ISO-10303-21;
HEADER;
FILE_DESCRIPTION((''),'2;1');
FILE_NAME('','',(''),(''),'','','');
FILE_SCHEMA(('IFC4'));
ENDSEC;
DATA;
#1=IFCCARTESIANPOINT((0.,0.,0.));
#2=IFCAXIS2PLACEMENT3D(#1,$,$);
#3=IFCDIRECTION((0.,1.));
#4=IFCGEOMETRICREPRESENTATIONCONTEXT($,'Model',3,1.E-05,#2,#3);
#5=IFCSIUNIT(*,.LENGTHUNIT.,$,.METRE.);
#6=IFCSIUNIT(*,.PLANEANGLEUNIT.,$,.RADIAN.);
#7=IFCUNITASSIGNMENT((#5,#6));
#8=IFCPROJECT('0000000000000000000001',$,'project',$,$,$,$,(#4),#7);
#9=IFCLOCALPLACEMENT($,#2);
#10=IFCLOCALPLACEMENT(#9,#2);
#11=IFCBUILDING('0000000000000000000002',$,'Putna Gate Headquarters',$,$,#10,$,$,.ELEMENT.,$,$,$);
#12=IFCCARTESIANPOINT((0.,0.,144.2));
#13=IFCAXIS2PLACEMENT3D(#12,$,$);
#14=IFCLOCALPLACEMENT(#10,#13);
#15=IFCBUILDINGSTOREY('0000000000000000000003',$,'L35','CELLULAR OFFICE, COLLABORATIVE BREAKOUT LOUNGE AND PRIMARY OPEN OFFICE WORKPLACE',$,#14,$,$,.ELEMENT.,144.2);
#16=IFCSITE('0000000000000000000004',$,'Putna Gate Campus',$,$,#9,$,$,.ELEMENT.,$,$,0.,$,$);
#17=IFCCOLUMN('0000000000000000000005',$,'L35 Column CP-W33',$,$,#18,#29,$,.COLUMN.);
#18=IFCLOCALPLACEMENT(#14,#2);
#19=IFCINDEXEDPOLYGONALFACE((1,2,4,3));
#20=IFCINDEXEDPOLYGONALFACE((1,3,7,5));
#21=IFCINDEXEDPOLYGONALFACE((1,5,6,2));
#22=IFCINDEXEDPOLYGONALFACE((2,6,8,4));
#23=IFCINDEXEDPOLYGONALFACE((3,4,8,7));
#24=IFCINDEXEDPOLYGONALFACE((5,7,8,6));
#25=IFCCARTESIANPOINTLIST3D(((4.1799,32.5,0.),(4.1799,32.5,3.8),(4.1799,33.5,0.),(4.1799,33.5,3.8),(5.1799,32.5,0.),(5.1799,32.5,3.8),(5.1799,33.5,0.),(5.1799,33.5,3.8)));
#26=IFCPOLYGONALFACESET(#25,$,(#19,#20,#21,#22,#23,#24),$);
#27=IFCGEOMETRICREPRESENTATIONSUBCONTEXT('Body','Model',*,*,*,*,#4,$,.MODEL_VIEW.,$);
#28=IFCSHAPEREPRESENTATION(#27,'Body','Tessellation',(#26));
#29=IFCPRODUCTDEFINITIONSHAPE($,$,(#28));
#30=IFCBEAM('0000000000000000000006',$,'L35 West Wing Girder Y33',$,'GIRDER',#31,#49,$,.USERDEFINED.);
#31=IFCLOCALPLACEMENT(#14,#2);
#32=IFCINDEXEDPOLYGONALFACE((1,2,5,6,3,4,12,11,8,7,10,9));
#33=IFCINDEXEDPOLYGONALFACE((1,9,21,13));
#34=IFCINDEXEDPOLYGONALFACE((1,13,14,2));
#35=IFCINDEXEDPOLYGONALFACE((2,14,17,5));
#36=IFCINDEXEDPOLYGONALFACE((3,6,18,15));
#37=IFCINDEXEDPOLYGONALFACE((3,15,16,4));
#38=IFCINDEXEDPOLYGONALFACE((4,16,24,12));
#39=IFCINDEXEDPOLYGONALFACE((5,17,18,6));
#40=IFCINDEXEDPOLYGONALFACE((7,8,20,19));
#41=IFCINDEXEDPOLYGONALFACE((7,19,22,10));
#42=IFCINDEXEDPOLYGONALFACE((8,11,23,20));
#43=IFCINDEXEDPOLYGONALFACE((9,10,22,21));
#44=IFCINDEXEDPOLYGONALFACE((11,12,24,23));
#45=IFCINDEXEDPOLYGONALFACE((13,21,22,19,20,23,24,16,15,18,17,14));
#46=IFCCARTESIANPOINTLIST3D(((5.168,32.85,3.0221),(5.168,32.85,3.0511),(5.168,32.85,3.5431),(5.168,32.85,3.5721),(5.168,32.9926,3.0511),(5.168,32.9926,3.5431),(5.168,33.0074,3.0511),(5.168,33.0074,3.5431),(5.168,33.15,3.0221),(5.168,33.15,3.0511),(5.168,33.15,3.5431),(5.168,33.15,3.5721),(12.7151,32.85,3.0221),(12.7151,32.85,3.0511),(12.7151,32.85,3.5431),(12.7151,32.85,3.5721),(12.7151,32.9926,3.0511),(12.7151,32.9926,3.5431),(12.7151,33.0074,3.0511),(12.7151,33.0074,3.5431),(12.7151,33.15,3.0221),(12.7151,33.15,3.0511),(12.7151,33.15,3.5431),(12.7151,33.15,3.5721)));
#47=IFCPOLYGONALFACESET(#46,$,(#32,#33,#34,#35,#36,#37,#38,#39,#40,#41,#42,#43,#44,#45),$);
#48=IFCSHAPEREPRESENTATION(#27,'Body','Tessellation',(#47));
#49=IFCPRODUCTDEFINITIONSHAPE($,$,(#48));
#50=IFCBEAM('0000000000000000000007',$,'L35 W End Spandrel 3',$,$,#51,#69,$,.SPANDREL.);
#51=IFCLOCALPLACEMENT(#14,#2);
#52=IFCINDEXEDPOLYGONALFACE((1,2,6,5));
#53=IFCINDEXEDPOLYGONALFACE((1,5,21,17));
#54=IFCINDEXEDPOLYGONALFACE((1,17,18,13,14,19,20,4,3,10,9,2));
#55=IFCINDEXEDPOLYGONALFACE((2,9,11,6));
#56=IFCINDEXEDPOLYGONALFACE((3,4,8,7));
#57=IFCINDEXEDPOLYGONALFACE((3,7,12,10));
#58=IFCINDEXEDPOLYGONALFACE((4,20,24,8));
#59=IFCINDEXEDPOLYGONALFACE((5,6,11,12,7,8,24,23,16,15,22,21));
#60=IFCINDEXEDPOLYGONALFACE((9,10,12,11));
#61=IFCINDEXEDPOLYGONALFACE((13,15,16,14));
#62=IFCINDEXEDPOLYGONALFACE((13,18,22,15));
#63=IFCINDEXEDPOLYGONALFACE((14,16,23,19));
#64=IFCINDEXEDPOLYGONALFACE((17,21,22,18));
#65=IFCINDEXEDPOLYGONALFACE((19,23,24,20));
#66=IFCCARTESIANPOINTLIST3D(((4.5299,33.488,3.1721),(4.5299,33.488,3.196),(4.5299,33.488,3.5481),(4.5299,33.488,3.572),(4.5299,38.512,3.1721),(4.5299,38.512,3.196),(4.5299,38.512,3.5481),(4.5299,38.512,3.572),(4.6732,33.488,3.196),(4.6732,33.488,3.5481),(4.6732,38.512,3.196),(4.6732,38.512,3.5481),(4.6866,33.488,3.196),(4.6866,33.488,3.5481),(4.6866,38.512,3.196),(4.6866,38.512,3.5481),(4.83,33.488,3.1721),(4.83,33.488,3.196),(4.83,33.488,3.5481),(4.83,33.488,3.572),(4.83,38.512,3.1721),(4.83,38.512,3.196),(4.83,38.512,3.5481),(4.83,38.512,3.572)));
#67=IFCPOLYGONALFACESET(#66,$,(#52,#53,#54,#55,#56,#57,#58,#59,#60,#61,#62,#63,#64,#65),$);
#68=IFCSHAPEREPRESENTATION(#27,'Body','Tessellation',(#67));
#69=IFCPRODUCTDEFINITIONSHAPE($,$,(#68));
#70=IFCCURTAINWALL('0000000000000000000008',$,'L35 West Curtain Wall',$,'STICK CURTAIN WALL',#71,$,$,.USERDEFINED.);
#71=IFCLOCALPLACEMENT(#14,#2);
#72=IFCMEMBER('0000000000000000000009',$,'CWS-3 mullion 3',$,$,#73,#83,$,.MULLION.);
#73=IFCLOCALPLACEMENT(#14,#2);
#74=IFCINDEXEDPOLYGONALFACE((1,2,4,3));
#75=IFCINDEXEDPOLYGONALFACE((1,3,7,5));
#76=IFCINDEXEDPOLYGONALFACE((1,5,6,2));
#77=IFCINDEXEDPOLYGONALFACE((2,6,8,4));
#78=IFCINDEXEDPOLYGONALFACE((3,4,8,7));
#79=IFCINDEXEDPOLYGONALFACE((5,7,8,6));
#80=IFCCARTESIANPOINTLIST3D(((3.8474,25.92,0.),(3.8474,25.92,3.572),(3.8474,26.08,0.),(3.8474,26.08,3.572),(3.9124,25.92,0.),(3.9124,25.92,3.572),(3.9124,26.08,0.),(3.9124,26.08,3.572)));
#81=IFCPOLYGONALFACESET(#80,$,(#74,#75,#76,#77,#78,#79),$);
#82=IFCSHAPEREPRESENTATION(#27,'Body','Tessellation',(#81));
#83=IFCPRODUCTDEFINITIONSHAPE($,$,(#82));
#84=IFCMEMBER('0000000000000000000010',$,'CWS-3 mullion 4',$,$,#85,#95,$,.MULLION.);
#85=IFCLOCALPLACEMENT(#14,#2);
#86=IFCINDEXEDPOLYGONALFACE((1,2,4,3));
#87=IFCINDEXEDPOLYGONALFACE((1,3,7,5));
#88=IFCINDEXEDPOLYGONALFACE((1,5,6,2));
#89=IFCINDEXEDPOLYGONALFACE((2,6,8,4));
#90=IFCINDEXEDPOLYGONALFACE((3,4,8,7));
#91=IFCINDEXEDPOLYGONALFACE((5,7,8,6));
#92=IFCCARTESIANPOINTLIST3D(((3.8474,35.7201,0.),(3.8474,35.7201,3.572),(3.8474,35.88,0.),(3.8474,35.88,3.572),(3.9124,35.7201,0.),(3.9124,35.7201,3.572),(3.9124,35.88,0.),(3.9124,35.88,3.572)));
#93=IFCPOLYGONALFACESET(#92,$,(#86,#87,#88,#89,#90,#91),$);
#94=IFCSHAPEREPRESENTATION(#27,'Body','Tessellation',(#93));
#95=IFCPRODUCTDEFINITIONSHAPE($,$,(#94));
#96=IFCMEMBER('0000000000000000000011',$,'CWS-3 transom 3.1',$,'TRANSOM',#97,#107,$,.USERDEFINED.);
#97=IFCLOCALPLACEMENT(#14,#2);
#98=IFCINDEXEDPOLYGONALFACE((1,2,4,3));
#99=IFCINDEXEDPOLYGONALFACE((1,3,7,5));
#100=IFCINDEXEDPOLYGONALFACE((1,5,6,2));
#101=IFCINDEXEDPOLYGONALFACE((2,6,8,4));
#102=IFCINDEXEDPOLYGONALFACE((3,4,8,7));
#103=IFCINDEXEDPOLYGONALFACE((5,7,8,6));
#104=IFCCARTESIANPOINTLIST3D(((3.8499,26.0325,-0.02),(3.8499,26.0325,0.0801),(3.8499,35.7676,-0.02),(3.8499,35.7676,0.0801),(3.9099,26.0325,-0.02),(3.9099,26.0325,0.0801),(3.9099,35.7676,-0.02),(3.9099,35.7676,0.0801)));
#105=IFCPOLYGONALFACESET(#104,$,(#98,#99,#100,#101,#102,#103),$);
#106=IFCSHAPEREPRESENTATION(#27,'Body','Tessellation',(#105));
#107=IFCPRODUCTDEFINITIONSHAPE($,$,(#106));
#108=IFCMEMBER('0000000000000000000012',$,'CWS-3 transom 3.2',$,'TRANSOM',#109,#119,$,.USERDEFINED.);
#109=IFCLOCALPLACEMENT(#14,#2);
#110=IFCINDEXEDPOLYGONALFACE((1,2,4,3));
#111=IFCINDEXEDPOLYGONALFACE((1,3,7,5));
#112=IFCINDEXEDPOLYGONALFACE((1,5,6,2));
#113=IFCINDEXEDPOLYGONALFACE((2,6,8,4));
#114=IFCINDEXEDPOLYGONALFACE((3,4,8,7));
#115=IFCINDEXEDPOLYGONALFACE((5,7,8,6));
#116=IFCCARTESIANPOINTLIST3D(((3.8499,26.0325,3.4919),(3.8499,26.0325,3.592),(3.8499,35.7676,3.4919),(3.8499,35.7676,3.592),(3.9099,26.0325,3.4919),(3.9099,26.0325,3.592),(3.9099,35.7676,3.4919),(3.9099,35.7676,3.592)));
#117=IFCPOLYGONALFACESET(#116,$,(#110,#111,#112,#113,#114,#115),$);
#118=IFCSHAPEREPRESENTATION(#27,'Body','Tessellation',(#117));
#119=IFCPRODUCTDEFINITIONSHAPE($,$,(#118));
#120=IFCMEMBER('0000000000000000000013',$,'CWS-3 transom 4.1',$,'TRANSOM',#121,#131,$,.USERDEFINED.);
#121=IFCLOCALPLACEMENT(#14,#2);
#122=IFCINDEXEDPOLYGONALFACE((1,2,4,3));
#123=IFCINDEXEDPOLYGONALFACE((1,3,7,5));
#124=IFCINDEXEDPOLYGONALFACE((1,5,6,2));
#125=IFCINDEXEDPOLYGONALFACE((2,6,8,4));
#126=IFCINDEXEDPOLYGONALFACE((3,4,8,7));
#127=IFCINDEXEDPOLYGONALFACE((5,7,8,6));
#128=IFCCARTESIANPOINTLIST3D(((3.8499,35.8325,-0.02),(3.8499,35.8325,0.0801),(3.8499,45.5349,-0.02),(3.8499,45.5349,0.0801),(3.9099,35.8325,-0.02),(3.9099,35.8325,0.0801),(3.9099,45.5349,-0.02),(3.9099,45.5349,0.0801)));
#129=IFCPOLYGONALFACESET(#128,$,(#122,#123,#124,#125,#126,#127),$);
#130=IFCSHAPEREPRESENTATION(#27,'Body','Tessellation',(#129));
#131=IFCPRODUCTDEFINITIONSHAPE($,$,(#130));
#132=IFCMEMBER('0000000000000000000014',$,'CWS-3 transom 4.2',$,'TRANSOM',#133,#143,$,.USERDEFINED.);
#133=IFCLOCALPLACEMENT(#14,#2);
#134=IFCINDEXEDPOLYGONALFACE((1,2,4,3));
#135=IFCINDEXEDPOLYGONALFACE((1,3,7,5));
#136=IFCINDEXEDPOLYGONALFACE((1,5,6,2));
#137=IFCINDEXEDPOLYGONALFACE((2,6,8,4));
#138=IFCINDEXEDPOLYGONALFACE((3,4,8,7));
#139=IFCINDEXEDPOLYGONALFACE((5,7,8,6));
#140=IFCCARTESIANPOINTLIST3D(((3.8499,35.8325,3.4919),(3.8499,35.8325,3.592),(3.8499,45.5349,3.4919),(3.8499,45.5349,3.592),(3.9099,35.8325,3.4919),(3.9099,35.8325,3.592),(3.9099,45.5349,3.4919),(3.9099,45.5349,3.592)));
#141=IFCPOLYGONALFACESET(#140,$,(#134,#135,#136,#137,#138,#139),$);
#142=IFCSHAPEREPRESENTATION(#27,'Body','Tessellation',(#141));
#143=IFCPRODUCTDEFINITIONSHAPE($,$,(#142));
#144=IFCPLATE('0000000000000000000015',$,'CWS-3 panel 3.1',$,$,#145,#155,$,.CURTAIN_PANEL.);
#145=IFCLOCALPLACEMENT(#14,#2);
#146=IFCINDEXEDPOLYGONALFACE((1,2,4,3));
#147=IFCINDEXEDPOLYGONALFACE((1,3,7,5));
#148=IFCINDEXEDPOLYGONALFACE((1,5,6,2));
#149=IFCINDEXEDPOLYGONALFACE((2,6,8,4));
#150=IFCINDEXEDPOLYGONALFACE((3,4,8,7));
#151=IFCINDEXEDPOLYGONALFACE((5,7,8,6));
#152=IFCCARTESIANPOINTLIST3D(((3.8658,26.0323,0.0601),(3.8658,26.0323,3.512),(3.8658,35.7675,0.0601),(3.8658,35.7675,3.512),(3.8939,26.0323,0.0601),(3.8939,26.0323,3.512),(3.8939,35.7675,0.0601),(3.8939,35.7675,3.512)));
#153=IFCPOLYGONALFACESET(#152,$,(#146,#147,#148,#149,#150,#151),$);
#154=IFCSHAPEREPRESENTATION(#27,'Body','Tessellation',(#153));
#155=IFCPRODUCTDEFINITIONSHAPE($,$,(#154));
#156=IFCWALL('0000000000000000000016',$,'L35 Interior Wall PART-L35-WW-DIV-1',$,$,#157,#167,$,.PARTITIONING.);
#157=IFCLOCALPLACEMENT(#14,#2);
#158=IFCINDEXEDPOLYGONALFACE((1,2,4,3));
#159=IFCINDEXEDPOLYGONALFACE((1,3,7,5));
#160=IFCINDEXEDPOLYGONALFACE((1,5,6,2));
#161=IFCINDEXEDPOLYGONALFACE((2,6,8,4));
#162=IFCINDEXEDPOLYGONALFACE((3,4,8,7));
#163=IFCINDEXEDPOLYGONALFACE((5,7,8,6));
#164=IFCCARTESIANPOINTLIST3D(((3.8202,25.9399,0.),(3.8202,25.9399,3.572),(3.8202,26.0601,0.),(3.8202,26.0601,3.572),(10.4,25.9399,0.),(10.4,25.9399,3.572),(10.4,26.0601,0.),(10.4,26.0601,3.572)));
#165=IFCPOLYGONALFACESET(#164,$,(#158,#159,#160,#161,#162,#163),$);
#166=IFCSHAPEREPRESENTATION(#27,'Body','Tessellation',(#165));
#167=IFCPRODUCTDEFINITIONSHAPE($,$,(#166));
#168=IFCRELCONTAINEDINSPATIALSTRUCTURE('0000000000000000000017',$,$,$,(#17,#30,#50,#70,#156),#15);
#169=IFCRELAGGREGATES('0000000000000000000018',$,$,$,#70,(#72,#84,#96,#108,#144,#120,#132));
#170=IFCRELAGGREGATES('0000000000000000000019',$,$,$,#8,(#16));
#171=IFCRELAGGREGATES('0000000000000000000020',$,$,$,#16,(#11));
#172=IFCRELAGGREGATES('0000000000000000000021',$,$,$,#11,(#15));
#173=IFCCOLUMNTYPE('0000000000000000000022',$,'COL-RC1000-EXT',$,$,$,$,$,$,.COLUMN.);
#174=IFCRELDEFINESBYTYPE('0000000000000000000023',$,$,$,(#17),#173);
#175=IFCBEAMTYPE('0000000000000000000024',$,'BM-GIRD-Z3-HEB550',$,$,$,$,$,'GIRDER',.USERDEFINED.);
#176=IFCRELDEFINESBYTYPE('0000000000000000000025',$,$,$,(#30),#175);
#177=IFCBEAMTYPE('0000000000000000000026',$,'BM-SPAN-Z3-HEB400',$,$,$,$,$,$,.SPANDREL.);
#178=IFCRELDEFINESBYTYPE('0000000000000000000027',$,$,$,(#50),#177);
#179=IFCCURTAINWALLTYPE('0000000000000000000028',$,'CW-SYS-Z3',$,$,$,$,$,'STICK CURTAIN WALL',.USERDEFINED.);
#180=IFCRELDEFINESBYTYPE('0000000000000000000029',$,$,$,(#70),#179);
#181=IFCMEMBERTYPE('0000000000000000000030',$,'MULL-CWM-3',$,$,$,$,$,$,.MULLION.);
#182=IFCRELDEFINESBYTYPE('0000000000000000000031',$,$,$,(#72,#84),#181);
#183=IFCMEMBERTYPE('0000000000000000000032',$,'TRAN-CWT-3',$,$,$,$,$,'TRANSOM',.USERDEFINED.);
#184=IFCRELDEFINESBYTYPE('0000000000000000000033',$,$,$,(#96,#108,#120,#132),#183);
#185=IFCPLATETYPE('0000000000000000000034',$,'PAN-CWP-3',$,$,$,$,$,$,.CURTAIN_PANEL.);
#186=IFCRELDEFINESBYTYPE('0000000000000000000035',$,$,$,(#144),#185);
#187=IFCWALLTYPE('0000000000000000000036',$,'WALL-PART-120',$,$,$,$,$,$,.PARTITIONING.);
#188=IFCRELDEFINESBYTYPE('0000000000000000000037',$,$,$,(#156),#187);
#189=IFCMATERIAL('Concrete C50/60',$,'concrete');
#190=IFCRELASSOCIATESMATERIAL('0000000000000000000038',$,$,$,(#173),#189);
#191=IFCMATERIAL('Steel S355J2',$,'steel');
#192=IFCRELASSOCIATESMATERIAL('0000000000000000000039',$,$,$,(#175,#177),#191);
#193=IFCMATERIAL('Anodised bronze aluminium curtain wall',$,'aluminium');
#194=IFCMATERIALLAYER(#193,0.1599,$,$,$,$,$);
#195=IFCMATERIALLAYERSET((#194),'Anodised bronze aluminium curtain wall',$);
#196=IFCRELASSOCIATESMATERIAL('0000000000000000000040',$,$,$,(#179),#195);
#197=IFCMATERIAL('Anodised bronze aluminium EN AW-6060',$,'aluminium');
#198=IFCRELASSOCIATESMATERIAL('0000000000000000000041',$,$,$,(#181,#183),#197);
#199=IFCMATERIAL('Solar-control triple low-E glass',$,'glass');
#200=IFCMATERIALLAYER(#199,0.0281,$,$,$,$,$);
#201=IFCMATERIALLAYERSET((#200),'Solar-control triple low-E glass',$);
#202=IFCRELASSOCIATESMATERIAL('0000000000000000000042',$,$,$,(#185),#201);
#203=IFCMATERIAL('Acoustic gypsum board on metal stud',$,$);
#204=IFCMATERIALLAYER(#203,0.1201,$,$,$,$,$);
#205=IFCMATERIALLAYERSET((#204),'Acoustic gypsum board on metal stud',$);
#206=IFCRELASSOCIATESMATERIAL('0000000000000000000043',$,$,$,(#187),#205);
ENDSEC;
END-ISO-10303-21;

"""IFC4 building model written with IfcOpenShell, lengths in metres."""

from ifc_helpers import new_model, si_unit, direction, frame, frame_2d, origin, origin_2d, place, context, subcontext, project, spatial, rectangle, i_section, extrude, material, layer, layer_set, material_profile, profile_set, type_object, element, aggregate, save


model = new_model("IFC4")

# Units and contexts
model_context = context("Model", 3, precision=1e-05, world=origin(), true_north=direction((0.0, 1.0)))
body_context = subcontext(model_context, "Body", "Model", "MODEL_VIEW")
ifc_project = project(units=[si_unit("LENGTHUNIT", "METRE"), si_unit("PLANEANGLEUNIT", "RADIAN")], contexts=[model_context])

# Site, building, storey
site_placement = place(None, origin())
site = spatial("IfcSite", under=ifc_project, at=site_placement, Name="Putna Gate Campus", CompositionType="ELEMENT", RefElevation=0.0)
building_placement = place(site_placement, origin())
building = spatial("IfcBuilding", under=site, at=building_placement, Name="Putna Gate Headquarters", CompositionType="ELEMENT")
storey_placement = place(building_placement, frame((0.0, 0.0, 144.2)))
storey = spatial("IfcBuildingStorey", under=building, at=storey_placement, Name="L35", Description="CELLULAR OFFICE, COLLABORATIVE BREAKOUT LOUNGE AND PRIMARY OPEN OFFICE WORKPLACE", CompositionType="ELEMENT", Elevation=144.2)

# Column
ifc_material_1 = material(Name="Concrete C50/60", Category="concrete")
ifc_material_profile_1 = material_profile(ifc_material_1, rectangle(XDim=1.0, YDim=1.0, at=origin_2d()), Name="Concrete C50/60")
ifc_profile_set_1 = profile_set([ifc_material_profile_1], Name="Concrete C50/60")
column_type = type_object("IfcColumnType", Name="COL-RC1000-EXT", PredefinedType="COLUMN", material=ifc_profile_set_1)
column_placement = place(storey_placement, frame((4.6799, 33.0, 0.0), z_axis=(0.0, 0.0, 1.0), x_axis=(1.0, 0.0, 0.0)))
element("IfcColumn", 1, at=column_placement, inside=storey, type_object=column_type, Name="L35 Column CP-W33", PredefinedType="COLUMN", context=body_context, shape_type="SweptSolid", body=[
    extrude(rectangle(XDim=1.0, YDim=1.0, at=origin_2d()), origin(), (0.0, 0.0, 1.0), 3.8),
])

# Beams
ifc_material_2 = material(Name="Steel S355J2", Category="steel")
ifc_material_profile_2 = material_profile(ifc_material_2, i_section(OverallWidth=0.3, OverallDepth=0.55, WebThickness=0.0149, FlangeThickness=0.0291, at=origin_2d()), Name="Steel S355J2")
ifc_profile_set_2 = profile_set([ifc_material_profile_2], Name="Steel S355J2")
beam_type_1 = type_object("IfcBeamType", Name="BM-GIRD-Z3-HEB550", ElementType="GIRDER", PredefinedType="USERDEFINED", material=ifc_profile_set_2)
beam_1_placement = place(storey_placement, frame((5.168, 33.0, 3.2971), z_axis=(1.0, 0.0, 0.0), x_axis=(0.0, 1.0, 0.0)))
element("IfcBeam", 2, at=beam_1_placement, inside=storey, type_object=beam_type_1, Name="L35 West Wing Girder Y33", ObjectType="GIRDER", PredefinedType="USERDEFINED", context=body_context, shape_type="SweptSolid", body=[
    extrude(i_section(OverallWidth=0.3, OverallDepth=0.55, WebThickness=0.0149, FlangeThickness=0.0291, at=origin_2d()), origin(), (0.0, 0.0, 1.0), 7.5471),
])
ifc_material_profile_3 = material_profile(ifc_material_2, i_section(OverallWidth=0.3, OverallDepth=0.3999, WebThickness=0.0134, FlangeThickness=0.0239, at=origin_2d()), Name="Steel S355J2")
ifc_profile_set_3 = profile_set([ifc_material_profile_3], Name="Steel S355J2")
beam_type_2 = type_object("IfcBeamType", Name="BM-SPAN-Z3-HEB400", PredefinedType="SPANDREL", material=ifc_profile_set_3)
beam_2_placement = place(storey_placement, frame((4.6799, 33.488, 3.3721), z_axis=(0.0, 1.0, 0.0), x_axis=(-1.0, 0.0, 0.0)))
element("IfcBeam", 3, at=beam_2_placement, inside=storey, type_object=beam_type_2, Name="L35 W End Spandrel 3", PredefinedType="SPANDREL", context=body_context, shape_type="SweptSolid", body=[
    extrude(i_section(OverallWidth=0.3, OverallDepth=0.3999, WebThickness=0.0134, FlangeThickness=0.0239, at=origin_2d()), origin(), (0.0, 0.0, 1.0), 5.0239),
])

# Curtain wall, members, plate
ifc_material_3 = material(Name="Anodised bronze aluminium curtain wall", Category="aluminium")
ifc_layer_1 = layer(ifc_material_3, 0.1599)
ifc_layer_set_1 = layer_set([ifc_layer_1], Name="Anodised bronze aluminium curtain wall")
curtain_wall_type = type_object("IfcCurtainWallType", Name="CW-SYS-Z3", ElementType="STICK CURTAIN WALL", PredefinedType="USERDEFINED", material=ifc_layer_set_1)
curtain_wall_placement = place(storey_placement, origin())
curtain_wall = element("IfcCurtainWall", 4, at=curtain_wall_placement, inside=storey, type_object=curtain_wall_type, Name="L35 West Curtain Wall", ObjectType="STICK CURTAIN WALL", PredefinedType="USERDEFINED")
ifc_material_4 = material(Name="Anodised bronze aluminium EN AW-6060", Category="aluminium")
ifc_material_profile_4 = material_profile(ifc_material_4, rectangle(XDim=0.0649, YDim=0.1599, at=origin_2d()), Name="Anodised bronze aluminium EN AW-6060")
ifc_profile_set_4 = profile_set([ifc_material_profile_4], Name="Anodised bronze aluminium EN AW-6060")
member_type_1 = type_object("IfcMemberType", Name="MULL-CWM-3", PredefinedType="MULLION", material=ifc_profile_set_4)
member_1_placement = place(storey_placement, frame((3.8799, 26.0, 0.0), z_axis=(0.0, 0.0, 1.0), x_axis=(-1.0, 0.0, 0.0)))
member_1 = element("IfcMember", 5, at=member_1_placement, type_object=member_type_1, Name="CWS-3 mullion 3", PredefinedType="MULLION", context=body_context, shape_type="SweptSolid", body=[
    extrude(rectangle(XDim=0.0649, YDim=0.1599, at=origin_2d()), origin(), (0.0, 0.0, 1.0), 3.572),
])
member_2_placement = place(storey_placement, frame((3.8799, 35.8, 0.0), z_axis=(0.0, 0.0, 1.0), x_axis=(-1.0, 0.0, 0.0)))
member_2 = element("IfcMember", 6, at=member_2_placement, type_object=member_type_1, Name="CWS-3 mullion 4", PredefinedType="MULLION", context=body_context, shape_type="SweptSolid", body=[
    extrude(rectangle(XDim=0.0649, YDim=0.1599, at=origin_2d()), origin(), (0.0, 0.0, 1.0), 3.572),
])
ifc_material_profile_5 = material_profile(ifc_material_4, rectangle(XDim=0.0601, YDim=0.1001, at=origin_2d()), Name="Anodised bronze aluminium EN AW-6060")
ifc_profile_set_5 = profile_set([ifc_material_profile_5], Name="Anodised bronze aluminium EN AW-6060")
member_type_2 = type_object("IfcMemberType", Name="TRAN-CWT-3", ElementType="TRANSOM", PredefinedType="USERDEFINED", material=ifc_profile_set_5)
member_3_placement = place(storey_placement, frame((3.8799, 26.0325, 0.03), z_axis=(0.0, 1.0, 0.0), x_axis=(-1.0, 0.0, 0.0)))
member_3 = element("IfcMember", 7, at=member_3_placement, type_object=member_type_2, Name="CWS-3 transom 3.1", ObjectType="TRANSOM", PredefinedType="USERDEFINED", context=body_context, shape_type="SweptSolid", body=[
    extrude(rectangle(XDim=0.0601, YDim=0.1001, at=origin_2d()), origin(), (0.0, 0.0, 1.0), 9.7351),
])
member_4_placement = place(storey_placement, frame((3.8799, 26.0325, 3.542), z_axis=(0.0, 1.0, 0.0), x_axis=(-1.0, 0.0, 0.0)))
member_4 = element("IfcMember", 8, at=member_4_placement, type_object=member_type_2, Name="CWS-3 transom 3.2", ObjectType="TRANSOM", PredefinedType="USERDEFINED", context=body_context, shape_type="SweptSolid", body=[
    extrude(rectangle(XDim=0.0601, YDim=0.1001, at=origin_2d()), origin(), (0.0, 0.0, 1.0), 9.7351),
])
member_5_placement = place(storey_placement, frame((3.8799, 35.8325, 0.03), z_axis=(0.0, 1.0, 0.0), x_axis=(-1.0, 0.0, 0.0)))
member_5 = element("IfcMember", 9, at=member_5_placement, type_object=member_type_2, Name="CWS-3 transom 4.1", ObjectType="TRANSOM", PredefinedType="USERDEFINED", context=body_context, shape_type="SweptSolid", body=[
    extrude(rectangle(XDim=0.0601, YDim=0.1001, at=origin_2d()), origin(), (0.0, 0.0, 1.0), 9.7024),
])
member_6_placement = place(storey_placement, frame((3.8799, 35.8325, 3.542), z_axis=(0.0, 1.0, 0.0), x_axis=(-1.0, 0.0, 0.0)))
member_6 = element("IfcMember", 10, at=member_6_placement, type_object=member_type_2, Name="CWS-3 transom 4.2", ObjectType="TRANSOM", PredefinedType="USERDEFINED", context=body_context, shape_type="SweptSolid", body=[
    extrude(rectangle(XDim=0.0601, YDim=0.1001, at=origin_2d()), origin(), (0.0, 0.0, 1.0), 9.7024),
])
ifc_material_5 = material(Name="Solar-control triple low-E glass", Category="glass")
ifc_layer_2 = layer(ifc_material_5, 0.0281)
ifc_layer_set_2 = layer_set([ifc_layer_2], Name="Solar-control triple low-E glass")
plate_type = type_object("IfcPlateType", Name="PAN-CWP-3", PredefinedType="CURTAIN_PANEL", material=ifc_layer_set_2)
plate_placement = place(storey_placement, frame((3.8799, 30.8999, 0.0601), z_axis=(0.0, 0.0, 1.0), x_axis=(0.0, 1.0, 0.0)))
plate = element("IfcPlate", 11, at=plate_placement, type_object=plate_type, Name="CWS-3 panel 3.1", PredefinedType="CURTAIN_PANEL", context=body_context, shape_type="SweptSolid", body=[
    extrude(rectangle(XDim=9.7351, YDim=0.0281, at=origin_2d()), origin(), (0.0, 0.0, 1.0), 3.4519),
])
aggregate(curtain_wall, [member_1, member_2, member_3, member_4, plate, member_5, member_6])

# Wall
ifc_material_6 = material(Name="Acoustic gypsum board on metal stud")
ifc_layer_3 = layer(ifc_material_6, 0.1201)
ifc_layer_set_3 = layer_set([ifc_layer_3], Name="Acoustic gypsum board on metal stud")
wall_type_1 = type_object("IfcWallType", Name="WALL-PART-120", PredefinedType="PARTITIONING", material=ifc_layer_set_3)
wall_1_placement = place(storey_placement, frame((3.8201, 26.0, 0.0), z_axis=(0.0, 0.0, 1.0), x_axis=(1.0, 0.0, 0.0)))
element("IfcWall", 12, at=wall_1_placement, inside=storey, type_object=wall_type_1, Name="L35 Interior Wall PART-L35-WW-DIV-1", PredefinedType="PARTITIONING", context=body_context, shape_type="SweptSolid", body=[
    extrude(rectangle(XDim=6.5798, YDim=0.1201, at=frame_2d((3.29, 0.0))), origin(), (0.0, 0.0, 1.0), 3.572),
])

save(model, "model.ifc")
